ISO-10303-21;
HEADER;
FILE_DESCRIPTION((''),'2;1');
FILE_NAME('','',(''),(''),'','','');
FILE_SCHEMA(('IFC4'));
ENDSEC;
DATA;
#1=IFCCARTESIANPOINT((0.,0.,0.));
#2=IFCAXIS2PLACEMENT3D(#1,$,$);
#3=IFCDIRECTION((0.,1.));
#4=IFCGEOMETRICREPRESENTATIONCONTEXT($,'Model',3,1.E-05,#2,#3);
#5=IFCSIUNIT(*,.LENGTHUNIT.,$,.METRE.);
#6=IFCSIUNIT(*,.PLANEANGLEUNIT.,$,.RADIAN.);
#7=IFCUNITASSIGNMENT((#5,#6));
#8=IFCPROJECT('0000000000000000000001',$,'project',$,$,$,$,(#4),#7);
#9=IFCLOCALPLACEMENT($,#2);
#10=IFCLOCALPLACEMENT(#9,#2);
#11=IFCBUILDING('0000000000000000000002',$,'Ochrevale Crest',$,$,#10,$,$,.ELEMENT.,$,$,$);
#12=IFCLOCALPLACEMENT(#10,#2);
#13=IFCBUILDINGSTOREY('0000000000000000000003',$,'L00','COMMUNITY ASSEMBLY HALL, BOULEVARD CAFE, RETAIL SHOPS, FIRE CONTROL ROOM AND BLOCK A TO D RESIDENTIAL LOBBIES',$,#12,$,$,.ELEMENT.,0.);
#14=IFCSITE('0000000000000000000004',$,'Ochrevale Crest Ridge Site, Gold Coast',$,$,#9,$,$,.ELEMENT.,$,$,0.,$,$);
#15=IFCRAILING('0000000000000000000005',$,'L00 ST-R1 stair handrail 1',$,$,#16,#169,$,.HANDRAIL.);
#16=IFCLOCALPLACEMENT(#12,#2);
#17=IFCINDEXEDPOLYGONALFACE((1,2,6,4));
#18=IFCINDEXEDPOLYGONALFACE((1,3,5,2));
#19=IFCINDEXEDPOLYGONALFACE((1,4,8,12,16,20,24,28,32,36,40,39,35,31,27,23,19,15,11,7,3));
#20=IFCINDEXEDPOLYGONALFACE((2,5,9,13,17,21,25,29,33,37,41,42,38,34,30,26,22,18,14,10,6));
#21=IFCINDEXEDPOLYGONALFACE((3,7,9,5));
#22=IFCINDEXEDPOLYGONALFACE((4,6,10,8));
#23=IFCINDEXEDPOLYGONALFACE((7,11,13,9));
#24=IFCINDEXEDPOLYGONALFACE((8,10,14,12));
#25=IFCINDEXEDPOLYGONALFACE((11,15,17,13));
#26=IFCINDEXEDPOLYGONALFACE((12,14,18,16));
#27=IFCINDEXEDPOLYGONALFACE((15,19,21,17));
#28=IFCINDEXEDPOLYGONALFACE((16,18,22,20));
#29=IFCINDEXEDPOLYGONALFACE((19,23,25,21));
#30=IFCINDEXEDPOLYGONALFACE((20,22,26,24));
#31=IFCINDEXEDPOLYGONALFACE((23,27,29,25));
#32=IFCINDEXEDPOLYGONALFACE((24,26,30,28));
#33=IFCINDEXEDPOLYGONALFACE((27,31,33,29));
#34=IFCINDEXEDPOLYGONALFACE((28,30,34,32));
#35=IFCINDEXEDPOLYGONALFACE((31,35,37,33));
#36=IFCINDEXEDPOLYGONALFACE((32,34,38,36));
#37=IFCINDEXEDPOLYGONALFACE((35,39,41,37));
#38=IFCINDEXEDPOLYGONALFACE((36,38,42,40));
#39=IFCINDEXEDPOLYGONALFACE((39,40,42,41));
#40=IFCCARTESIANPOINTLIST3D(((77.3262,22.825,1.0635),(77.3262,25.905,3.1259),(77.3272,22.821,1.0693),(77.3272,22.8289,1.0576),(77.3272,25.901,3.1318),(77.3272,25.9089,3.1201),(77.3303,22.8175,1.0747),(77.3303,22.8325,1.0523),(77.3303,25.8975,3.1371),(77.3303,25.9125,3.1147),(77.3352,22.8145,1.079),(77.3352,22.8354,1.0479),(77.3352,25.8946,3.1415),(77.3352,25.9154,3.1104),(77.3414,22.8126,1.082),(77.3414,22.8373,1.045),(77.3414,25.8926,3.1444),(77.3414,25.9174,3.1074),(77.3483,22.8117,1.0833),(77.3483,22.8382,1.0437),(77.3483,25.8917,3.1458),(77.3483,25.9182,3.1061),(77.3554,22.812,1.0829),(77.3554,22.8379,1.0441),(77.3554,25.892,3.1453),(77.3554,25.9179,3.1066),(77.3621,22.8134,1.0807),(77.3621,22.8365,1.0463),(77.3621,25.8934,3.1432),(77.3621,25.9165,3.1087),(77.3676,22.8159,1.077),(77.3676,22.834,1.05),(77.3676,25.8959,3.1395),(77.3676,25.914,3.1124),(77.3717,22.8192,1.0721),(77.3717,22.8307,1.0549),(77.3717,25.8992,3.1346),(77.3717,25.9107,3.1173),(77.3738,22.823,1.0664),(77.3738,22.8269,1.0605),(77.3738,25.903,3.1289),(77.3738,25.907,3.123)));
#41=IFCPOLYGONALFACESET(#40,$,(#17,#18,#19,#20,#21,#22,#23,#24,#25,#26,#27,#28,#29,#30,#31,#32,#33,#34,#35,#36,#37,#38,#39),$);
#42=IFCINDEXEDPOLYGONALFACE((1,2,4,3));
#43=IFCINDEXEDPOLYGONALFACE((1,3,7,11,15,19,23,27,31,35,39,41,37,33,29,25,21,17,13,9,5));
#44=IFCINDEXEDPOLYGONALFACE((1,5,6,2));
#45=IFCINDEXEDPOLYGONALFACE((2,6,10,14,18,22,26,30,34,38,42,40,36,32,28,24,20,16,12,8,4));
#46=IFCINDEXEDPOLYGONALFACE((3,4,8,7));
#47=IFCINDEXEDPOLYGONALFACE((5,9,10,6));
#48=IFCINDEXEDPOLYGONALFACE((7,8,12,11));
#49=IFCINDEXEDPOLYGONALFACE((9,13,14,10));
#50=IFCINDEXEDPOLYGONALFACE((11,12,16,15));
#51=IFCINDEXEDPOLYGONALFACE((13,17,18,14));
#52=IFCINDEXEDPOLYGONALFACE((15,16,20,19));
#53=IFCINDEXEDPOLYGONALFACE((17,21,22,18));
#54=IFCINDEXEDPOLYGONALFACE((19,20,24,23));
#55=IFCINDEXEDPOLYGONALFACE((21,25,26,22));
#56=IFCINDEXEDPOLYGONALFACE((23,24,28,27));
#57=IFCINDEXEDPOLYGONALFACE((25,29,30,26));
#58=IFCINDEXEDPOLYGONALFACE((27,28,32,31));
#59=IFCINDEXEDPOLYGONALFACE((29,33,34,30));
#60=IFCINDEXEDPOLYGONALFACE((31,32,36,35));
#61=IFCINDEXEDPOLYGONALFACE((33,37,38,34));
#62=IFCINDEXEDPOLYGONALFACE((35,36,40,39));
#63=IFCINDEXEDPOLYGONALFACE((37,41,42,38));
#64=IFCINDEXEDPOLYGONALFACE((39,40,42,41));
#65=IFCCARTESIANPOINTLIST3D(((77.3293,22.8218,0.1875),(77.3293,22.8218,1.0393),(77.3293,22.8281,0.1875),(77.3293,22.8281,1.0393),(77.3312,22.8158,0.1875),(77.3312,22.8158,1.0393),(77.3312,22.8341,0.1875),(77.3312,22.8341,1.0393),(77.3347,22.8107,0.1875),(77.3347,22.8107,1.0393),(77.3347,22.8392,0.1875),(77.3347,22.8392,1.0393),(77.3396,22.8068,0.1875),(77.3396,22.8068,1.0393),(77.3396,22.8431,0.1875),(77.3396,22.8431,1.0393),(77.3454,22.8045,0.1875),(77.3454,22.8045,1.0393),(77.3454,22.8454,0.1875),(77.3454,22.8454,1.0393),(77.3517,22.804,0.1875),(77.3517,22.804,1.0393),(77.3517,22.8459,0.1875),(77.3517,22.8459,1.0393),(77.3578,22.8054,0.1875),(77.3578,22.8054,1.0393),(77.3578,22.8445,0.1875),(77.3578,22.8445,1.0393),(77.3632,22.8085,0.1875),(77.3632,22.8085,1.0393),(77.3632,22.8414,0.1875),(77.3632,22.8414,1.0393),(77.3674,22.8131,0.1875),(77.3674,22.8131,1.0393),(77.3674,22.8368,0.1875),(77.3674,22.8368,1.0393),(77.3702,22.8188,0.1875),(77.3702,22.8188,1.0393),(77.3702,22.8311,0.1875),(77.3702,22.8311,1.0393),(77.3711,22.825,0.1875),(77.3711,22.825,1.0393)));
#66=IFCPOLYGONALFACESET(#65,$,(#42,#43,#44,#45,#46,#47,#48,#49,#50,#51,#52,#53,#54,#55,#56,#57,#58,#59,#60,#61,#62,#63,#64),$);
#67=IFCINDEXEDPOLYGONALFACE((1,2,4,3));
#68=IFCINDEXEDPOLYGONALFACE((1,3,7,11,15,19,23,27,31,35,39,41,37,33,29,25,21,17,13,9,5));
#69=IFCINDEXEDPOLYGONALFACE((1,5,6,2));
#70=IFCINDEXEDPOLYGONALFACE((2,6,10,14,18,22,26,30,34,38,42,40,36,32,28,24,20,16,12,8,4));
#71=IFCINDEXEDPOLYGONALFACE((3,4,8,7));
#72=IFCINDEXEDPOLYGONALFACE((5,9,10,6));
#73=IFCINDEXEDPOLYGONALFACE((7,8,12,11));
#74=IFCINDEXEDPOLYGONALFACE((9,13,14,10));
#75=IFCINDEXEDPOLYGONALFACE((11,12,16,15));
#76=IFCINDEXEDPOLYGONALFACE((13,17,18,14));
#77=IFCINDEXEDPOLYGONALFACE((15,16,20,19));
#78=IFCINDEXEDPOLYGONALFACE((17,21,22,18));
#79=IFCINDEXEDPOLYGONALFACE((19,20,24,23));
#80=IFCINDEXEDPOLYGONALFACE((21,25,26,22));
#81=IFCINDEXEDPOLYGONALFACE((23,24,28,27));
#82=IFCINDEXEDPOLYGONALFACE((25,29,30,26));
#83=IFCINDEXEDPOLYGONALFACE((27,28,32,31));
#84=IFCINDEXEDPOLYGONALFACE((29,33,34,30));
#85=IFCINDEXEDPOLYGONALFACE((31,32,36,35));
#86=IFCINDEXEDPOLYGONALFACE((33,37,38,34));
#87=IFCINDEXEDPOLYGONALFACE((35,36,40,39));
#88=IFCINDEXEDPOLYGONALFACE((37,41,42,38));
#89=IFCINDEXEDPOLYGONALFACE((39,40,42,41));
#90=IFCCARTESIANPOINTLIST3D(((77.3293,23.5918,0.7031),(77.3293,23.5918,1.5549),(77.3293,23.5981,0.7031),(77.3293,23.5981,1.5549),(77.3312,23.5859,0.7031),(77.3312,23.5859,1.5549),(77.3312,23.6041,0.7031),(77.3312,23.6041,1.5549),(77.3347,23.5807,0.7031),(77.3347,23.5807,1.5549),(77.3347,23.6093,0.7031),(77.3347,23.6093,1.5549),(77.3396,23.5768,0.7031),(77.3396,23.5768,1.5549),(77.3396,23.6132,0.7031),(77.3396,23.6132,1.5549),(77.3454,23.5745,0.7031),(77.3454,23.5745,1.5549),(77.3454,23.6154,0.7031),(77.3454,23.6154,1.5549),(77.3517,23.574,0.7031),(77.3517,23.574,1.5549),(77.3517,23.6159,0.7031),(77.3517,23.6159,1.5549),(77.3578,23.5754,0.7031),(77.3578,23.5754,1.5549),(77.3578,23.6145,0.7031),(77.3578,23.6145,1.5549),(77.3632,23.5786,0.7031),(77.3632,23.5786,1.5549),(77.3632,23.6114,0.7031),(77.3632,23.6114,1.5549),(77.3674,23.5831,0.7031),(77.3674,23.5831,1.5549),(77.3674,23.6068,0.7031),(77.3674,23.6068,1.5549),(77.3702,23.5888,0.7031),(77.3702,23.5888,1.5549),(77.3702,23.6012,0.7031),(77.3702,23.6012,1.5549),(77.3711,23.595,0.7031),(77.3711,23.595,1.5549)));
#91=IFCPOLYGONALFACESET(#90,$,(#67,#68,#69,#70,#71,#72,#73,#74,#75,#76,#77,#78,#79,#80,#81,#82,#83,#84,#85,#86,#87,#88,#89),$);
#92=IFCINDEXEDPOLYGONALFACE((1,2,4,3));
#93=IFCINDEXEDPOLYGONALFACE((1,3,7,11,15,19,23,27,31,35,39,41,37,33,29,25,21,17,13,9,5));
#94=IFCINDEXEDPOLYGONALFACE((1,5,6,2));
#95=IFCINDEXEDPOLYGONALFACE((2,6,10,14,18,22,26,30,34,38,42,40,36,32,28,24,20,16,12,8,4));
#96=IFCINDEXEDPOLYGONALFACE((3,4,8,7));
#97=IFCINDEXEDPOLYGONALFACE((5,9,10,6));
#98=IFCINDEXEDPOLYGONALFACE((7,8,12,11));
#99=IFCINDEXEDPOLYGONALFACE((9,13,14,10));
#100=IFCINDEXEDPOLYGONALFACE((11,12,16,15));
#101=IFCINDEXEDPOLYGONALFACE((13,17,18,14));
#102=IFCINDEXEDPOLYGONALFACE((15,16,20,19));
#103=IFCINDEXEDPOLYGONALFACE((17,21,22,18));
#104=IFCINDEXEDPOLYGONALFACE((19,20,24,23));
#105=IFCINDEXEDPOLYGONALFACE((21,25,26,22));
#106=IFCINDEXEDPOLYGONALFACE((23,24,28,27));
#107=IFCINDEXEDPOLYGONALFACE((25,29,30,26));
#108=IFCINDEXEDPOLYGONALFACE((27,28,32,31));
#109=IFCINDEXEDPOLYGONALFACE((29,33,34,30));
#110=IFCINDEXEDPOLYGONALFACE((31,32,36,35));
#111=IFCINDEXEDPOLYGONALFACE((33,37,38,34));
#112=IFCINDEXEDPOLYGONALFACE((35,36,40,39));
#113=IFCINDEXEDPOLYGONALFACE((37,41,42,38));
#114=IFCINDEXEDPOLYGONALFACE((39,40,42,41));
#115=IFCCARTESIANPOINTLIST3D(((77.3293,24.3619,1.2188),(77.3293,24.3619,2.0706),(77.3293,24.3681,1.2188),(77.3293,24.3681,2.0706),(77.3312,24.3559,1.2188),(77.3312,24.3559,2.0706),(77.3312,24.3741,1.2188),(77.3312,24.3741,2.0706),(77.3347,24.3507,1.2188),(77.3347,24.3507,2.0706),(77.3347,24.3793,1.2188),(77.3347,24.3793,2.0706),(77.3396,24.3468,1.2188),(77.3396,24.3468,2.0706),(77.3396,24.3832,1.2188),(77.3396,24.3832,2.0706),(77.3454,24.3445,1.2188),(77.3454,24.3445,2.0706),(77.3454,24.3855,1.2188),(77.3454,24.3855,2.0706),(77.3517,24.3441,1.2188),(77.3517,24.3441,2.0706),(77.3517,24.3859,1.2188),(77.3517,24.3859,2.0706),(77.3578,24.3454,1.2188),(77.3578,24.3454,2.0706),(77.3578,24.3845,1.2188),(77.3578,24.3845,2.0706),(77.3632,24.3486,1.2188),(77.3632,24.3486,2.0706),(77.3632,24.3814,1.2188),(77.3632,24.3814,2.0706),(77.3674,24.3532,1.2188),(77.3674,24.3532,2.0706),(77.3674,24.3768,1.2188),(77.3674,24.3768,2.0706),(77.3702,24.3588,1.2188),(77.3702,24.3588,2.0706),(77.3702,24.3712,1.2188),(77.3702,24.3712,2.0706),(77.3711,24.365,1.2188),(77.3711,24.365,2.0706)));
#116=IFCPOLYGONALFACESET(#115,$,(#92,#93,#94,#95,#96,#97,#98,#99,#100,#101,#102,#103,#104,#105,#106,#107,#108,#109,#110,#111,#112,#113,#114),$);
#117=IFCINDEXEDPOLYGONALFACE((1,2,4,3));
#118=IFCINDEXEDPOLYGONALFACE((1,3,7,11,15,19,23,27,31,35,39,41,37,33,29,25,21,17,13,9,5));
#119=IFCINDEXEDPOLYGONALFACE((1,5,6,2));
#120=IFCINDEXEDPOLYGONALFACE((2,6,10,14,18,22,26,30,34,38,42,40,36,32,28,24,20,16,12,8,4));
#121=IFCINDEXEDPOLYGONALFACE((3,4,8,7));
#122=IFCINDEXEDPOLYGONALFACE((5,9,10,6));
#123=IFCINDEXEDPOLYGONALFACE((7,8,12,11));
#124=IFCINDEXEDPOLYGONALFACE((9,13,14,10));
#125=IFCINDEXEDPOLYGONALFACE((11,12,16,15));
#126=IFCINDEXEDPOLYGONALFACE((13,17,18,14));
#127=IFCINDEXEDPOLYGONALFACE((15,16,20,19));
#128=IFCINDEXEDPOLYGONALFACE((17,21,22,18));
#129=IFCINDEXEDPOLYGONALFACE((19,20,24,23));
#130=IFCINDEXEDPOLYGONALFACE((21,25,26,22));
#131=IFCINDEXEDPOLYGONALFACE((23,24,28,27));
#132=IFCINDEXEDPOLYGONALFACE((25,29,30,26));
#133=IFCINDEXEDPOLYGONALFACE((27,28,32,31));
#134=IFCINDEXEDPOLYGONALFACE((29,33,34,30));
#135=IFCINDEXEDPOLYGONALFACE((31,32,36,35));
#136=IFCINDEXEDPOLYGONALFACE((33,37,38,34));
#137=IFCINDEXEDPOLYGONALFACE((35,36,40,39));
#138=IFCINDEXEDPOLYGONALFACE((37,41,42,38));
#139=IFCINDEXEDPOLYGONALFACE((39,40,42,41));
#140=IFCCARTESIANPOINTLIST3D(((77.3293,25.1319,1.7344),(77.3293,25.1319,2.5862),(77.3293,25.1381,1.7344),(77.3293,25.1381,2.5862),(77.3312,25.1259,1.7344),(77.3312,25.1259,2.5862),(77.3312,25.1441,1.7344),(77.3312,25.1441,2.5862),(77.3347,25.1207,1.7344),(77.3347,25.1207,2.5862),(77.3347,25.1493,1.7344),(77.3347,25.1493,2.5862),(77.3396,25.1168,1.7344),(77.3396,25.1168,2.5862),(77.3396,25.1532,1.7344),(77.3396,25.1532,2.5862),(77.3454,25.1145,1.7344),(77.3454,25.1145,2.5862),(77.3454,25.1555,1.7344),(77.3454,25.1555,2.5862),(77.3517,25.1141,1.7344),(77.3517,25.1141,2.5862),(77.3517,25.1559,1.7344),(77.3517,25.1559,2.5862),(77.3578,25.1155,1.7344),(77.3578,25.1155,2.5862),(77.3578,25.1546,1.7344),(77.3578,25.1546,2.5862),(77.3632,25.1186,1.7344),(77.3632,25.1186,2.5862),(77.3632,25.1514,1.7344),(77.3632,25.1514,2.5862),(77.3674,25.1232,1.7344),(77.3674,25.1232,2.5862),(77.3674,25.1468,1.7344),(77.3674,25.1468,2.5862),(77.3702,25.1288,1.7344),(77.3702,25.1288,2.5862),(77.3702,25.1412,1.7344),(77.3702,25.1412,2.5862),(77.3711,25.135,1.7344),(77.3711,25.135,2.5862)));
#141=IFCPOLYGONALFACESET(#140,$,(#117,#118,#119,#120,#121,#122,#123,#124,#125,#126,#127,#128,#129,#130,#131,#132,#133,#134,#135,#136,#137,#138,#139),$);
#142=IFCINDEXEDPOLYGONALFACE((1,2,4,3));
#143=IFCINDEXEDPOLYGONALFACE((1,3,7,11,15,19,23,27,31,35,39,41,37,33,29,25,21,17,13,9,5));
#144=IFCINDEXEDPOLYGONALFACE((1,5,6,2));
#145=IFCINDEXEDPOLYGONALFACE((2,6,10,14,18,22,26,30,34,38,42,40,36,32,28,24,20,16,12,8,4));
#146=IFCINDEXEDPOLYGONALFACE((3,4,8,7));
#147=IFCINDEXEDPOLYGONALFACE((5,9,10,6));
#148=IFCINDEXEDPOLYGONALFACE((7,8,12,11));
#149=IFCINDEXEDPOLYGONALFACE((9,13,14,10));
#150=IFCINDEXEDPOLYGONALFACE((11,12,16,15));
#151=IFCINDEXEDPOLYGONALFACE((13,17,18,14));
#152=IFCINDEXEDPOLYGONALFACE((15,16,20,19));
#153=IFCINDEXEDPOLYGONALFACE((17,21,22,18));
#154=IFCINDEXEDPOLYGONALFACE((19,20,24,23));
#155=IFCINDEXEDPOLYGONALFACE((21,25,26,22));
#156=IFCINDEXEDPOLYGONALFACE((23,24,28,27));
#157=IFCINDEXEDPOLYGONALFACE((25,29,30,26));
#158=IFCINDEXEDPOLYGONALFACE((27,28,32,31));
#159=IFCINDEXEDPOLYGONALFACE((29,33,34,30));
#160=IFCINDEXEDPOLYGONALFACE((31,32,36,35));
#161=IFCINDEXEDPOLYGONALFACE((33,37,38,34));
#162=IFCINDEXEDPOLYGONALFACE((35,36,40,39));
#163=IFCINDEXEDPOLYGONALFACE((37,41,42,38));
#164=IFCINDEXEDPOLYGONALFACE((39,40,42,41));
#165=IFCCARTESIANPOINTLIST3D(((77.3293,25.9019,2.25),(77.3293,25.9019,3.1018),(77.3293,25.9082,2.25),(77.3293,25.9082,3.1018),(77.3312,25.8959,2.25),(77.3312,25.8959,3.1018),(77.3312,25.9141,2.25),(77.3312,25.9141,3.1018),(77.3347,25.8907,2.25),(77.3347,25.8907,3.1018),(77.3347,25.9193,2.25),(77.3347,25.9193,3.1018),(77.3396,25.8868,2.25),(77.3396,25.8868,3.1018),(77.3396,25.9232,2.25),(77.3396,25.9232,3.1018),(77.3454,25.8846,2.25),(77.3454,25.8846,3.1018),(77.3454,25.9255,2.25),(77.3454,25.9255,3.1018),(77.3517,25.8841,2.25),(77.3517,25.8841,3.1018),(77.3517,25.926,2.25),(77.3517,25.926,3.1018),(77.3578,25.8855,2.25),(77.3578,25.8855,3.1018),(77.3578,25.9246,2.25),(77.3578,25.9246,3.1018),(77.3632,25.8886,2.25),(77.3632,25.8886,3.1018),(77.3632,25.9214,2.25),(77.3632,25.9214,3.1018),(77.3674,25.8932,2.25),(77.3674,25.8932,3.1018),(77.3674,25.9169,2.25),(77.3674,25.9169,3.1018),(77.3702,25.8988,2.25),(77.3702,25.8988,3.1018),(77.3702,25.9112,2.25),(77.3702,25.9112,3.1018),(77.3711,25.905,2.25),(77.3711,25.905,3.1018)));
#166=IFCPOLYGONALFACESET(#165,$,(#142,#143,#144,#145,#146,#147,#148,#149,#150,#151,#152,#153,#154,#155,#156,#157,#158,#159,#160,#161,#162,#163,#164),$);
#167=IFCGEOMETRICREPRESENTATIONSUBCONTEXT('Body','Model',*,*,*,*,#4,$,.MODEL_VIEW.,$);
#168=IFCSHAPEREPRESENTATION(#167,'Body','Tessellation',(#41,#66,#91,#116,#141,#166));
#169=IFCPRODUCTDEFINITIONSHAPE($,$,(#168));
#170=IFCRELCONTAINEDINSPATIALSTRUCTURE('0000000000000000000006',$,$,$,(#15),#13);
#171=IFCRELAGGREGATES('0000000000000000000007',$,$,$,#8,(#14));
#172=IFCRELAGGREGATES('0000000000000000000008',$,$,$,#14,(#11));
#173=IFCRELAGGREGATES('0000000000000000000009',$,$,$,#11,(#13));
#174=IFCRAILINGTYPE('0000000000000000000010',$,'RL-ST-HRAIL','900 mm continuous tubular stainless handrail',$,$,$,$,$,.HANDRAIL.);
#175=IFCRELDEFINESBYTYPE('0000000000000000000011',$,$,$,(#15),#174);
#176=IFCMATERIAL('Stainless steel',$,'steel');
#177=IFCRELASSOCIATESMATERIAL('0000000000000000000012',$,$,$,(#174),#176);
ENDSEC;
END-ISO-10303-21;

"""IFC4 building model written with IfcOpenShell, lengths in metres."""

from ifc_helpers import new_model, si_unit, direction, frame, origin, origin_2d, place, context, subcontext, project, spatial, circle, extrude, material, type_object, element, save


model = new_model("IFC4")

# Units and contexts
model_context = context("Model", 3, precision=1e-05, world=origin(), true_north=direction((0.0, 1.0)))
body_context = subcontext(model_context, "Body", "Model", "MODEL_VIEW")
ifc_project = project(units=[si_unit("LENGTHUNIT", "METRE"), si_unit("PLANEANGLEUNIT", "RADIAN")], contexts=[model_context])

# Site, building, storey
site_placement = place(None, origin())
site = spatial("IfcSite", under=ifc_project, at=site_placement, Name="Ochrevale Crest Ridge Site, Gold Coast", CompositionType="ELEMENT", RefElevation=0.0)
building_placement = place(site_placement, origin())
building = spatial("IfcBuilding", under=site, at=building_placement, Name="Ochrevale Crest", CompositionType="ELEMENT")
storey_placement = place(building_placement, origin())
storey = spatial("IfcBuildingStorey", under=building, at=storey_placement, Name="L00", Description="COMMUNITY ASSEMBLY HALL, BOULEVARD CAFE, RETAIL SHOPS, FIRE CONTROL ROOM AND BLOCK A TO D RESIDENTIAL LOBBIES", CompositionType="ELEMENT", Elevation=0.0)

# Railing
ifc_material_1 = material(Name="Stainless steel", Category="steel")
railing_type_1 = type_object("IfcRailingType", Name="RL-ST-HRAIL", Description="900 mm continuous tubular stainless handrail", PredefinedType="HANDRAIL", material=ifc_material_1)
railing_1_placement = place(storey_placement, frame((77.3501, 22.825, 0.1875)))
element("IfcRailing", 1, at=railing_1_placement, inside=storey, type_object=railing_type_1, Name="L00 ST-R1 stair handrail 1", PredefinedType="HANDRAIL", context=body_context, shape_type="SweptSolid", body=[
    extrude(circle(Radius=0.0239, at=origin_2d()), frame((0.0, 0.0, 0.876), z_axis=(0.0, 0.830914, 0.556401), x_axis=(-1.0, 0.0, 0.0)), (0.0, 0.0, 1.0), 3.7068),
    extrude(circle(Radius=0.021, at=origin_2d()), origin(), (0.0, 0.0, 1.0), 0.8518),
    extrude(circle(Radius=0.021, at=origin_2d()), frame((0.0, 0.77, 0.5156)), (0.0, 0.0, 1.0), 0.8518),
    extrude(circle(Radius=0.021, at=origin_2d()), frame((0.0, 1.54, 1.0312)), (0.0, 0.0, 1.0), 0.8518),
    extrude(circle(Radius=0.021, at=origin_2d()), frame((0.0, 2.3101, 1.5469)), (0.0, 0.0, 1.0), 0.8518),
    extrude(circle(Radius=0.021, at=origin_2d()), frame((0.0, 3.0801, 2.0625)), (0.0, 0.0, 1.0), 0.8518),
])

save(model, "model.ifc")
